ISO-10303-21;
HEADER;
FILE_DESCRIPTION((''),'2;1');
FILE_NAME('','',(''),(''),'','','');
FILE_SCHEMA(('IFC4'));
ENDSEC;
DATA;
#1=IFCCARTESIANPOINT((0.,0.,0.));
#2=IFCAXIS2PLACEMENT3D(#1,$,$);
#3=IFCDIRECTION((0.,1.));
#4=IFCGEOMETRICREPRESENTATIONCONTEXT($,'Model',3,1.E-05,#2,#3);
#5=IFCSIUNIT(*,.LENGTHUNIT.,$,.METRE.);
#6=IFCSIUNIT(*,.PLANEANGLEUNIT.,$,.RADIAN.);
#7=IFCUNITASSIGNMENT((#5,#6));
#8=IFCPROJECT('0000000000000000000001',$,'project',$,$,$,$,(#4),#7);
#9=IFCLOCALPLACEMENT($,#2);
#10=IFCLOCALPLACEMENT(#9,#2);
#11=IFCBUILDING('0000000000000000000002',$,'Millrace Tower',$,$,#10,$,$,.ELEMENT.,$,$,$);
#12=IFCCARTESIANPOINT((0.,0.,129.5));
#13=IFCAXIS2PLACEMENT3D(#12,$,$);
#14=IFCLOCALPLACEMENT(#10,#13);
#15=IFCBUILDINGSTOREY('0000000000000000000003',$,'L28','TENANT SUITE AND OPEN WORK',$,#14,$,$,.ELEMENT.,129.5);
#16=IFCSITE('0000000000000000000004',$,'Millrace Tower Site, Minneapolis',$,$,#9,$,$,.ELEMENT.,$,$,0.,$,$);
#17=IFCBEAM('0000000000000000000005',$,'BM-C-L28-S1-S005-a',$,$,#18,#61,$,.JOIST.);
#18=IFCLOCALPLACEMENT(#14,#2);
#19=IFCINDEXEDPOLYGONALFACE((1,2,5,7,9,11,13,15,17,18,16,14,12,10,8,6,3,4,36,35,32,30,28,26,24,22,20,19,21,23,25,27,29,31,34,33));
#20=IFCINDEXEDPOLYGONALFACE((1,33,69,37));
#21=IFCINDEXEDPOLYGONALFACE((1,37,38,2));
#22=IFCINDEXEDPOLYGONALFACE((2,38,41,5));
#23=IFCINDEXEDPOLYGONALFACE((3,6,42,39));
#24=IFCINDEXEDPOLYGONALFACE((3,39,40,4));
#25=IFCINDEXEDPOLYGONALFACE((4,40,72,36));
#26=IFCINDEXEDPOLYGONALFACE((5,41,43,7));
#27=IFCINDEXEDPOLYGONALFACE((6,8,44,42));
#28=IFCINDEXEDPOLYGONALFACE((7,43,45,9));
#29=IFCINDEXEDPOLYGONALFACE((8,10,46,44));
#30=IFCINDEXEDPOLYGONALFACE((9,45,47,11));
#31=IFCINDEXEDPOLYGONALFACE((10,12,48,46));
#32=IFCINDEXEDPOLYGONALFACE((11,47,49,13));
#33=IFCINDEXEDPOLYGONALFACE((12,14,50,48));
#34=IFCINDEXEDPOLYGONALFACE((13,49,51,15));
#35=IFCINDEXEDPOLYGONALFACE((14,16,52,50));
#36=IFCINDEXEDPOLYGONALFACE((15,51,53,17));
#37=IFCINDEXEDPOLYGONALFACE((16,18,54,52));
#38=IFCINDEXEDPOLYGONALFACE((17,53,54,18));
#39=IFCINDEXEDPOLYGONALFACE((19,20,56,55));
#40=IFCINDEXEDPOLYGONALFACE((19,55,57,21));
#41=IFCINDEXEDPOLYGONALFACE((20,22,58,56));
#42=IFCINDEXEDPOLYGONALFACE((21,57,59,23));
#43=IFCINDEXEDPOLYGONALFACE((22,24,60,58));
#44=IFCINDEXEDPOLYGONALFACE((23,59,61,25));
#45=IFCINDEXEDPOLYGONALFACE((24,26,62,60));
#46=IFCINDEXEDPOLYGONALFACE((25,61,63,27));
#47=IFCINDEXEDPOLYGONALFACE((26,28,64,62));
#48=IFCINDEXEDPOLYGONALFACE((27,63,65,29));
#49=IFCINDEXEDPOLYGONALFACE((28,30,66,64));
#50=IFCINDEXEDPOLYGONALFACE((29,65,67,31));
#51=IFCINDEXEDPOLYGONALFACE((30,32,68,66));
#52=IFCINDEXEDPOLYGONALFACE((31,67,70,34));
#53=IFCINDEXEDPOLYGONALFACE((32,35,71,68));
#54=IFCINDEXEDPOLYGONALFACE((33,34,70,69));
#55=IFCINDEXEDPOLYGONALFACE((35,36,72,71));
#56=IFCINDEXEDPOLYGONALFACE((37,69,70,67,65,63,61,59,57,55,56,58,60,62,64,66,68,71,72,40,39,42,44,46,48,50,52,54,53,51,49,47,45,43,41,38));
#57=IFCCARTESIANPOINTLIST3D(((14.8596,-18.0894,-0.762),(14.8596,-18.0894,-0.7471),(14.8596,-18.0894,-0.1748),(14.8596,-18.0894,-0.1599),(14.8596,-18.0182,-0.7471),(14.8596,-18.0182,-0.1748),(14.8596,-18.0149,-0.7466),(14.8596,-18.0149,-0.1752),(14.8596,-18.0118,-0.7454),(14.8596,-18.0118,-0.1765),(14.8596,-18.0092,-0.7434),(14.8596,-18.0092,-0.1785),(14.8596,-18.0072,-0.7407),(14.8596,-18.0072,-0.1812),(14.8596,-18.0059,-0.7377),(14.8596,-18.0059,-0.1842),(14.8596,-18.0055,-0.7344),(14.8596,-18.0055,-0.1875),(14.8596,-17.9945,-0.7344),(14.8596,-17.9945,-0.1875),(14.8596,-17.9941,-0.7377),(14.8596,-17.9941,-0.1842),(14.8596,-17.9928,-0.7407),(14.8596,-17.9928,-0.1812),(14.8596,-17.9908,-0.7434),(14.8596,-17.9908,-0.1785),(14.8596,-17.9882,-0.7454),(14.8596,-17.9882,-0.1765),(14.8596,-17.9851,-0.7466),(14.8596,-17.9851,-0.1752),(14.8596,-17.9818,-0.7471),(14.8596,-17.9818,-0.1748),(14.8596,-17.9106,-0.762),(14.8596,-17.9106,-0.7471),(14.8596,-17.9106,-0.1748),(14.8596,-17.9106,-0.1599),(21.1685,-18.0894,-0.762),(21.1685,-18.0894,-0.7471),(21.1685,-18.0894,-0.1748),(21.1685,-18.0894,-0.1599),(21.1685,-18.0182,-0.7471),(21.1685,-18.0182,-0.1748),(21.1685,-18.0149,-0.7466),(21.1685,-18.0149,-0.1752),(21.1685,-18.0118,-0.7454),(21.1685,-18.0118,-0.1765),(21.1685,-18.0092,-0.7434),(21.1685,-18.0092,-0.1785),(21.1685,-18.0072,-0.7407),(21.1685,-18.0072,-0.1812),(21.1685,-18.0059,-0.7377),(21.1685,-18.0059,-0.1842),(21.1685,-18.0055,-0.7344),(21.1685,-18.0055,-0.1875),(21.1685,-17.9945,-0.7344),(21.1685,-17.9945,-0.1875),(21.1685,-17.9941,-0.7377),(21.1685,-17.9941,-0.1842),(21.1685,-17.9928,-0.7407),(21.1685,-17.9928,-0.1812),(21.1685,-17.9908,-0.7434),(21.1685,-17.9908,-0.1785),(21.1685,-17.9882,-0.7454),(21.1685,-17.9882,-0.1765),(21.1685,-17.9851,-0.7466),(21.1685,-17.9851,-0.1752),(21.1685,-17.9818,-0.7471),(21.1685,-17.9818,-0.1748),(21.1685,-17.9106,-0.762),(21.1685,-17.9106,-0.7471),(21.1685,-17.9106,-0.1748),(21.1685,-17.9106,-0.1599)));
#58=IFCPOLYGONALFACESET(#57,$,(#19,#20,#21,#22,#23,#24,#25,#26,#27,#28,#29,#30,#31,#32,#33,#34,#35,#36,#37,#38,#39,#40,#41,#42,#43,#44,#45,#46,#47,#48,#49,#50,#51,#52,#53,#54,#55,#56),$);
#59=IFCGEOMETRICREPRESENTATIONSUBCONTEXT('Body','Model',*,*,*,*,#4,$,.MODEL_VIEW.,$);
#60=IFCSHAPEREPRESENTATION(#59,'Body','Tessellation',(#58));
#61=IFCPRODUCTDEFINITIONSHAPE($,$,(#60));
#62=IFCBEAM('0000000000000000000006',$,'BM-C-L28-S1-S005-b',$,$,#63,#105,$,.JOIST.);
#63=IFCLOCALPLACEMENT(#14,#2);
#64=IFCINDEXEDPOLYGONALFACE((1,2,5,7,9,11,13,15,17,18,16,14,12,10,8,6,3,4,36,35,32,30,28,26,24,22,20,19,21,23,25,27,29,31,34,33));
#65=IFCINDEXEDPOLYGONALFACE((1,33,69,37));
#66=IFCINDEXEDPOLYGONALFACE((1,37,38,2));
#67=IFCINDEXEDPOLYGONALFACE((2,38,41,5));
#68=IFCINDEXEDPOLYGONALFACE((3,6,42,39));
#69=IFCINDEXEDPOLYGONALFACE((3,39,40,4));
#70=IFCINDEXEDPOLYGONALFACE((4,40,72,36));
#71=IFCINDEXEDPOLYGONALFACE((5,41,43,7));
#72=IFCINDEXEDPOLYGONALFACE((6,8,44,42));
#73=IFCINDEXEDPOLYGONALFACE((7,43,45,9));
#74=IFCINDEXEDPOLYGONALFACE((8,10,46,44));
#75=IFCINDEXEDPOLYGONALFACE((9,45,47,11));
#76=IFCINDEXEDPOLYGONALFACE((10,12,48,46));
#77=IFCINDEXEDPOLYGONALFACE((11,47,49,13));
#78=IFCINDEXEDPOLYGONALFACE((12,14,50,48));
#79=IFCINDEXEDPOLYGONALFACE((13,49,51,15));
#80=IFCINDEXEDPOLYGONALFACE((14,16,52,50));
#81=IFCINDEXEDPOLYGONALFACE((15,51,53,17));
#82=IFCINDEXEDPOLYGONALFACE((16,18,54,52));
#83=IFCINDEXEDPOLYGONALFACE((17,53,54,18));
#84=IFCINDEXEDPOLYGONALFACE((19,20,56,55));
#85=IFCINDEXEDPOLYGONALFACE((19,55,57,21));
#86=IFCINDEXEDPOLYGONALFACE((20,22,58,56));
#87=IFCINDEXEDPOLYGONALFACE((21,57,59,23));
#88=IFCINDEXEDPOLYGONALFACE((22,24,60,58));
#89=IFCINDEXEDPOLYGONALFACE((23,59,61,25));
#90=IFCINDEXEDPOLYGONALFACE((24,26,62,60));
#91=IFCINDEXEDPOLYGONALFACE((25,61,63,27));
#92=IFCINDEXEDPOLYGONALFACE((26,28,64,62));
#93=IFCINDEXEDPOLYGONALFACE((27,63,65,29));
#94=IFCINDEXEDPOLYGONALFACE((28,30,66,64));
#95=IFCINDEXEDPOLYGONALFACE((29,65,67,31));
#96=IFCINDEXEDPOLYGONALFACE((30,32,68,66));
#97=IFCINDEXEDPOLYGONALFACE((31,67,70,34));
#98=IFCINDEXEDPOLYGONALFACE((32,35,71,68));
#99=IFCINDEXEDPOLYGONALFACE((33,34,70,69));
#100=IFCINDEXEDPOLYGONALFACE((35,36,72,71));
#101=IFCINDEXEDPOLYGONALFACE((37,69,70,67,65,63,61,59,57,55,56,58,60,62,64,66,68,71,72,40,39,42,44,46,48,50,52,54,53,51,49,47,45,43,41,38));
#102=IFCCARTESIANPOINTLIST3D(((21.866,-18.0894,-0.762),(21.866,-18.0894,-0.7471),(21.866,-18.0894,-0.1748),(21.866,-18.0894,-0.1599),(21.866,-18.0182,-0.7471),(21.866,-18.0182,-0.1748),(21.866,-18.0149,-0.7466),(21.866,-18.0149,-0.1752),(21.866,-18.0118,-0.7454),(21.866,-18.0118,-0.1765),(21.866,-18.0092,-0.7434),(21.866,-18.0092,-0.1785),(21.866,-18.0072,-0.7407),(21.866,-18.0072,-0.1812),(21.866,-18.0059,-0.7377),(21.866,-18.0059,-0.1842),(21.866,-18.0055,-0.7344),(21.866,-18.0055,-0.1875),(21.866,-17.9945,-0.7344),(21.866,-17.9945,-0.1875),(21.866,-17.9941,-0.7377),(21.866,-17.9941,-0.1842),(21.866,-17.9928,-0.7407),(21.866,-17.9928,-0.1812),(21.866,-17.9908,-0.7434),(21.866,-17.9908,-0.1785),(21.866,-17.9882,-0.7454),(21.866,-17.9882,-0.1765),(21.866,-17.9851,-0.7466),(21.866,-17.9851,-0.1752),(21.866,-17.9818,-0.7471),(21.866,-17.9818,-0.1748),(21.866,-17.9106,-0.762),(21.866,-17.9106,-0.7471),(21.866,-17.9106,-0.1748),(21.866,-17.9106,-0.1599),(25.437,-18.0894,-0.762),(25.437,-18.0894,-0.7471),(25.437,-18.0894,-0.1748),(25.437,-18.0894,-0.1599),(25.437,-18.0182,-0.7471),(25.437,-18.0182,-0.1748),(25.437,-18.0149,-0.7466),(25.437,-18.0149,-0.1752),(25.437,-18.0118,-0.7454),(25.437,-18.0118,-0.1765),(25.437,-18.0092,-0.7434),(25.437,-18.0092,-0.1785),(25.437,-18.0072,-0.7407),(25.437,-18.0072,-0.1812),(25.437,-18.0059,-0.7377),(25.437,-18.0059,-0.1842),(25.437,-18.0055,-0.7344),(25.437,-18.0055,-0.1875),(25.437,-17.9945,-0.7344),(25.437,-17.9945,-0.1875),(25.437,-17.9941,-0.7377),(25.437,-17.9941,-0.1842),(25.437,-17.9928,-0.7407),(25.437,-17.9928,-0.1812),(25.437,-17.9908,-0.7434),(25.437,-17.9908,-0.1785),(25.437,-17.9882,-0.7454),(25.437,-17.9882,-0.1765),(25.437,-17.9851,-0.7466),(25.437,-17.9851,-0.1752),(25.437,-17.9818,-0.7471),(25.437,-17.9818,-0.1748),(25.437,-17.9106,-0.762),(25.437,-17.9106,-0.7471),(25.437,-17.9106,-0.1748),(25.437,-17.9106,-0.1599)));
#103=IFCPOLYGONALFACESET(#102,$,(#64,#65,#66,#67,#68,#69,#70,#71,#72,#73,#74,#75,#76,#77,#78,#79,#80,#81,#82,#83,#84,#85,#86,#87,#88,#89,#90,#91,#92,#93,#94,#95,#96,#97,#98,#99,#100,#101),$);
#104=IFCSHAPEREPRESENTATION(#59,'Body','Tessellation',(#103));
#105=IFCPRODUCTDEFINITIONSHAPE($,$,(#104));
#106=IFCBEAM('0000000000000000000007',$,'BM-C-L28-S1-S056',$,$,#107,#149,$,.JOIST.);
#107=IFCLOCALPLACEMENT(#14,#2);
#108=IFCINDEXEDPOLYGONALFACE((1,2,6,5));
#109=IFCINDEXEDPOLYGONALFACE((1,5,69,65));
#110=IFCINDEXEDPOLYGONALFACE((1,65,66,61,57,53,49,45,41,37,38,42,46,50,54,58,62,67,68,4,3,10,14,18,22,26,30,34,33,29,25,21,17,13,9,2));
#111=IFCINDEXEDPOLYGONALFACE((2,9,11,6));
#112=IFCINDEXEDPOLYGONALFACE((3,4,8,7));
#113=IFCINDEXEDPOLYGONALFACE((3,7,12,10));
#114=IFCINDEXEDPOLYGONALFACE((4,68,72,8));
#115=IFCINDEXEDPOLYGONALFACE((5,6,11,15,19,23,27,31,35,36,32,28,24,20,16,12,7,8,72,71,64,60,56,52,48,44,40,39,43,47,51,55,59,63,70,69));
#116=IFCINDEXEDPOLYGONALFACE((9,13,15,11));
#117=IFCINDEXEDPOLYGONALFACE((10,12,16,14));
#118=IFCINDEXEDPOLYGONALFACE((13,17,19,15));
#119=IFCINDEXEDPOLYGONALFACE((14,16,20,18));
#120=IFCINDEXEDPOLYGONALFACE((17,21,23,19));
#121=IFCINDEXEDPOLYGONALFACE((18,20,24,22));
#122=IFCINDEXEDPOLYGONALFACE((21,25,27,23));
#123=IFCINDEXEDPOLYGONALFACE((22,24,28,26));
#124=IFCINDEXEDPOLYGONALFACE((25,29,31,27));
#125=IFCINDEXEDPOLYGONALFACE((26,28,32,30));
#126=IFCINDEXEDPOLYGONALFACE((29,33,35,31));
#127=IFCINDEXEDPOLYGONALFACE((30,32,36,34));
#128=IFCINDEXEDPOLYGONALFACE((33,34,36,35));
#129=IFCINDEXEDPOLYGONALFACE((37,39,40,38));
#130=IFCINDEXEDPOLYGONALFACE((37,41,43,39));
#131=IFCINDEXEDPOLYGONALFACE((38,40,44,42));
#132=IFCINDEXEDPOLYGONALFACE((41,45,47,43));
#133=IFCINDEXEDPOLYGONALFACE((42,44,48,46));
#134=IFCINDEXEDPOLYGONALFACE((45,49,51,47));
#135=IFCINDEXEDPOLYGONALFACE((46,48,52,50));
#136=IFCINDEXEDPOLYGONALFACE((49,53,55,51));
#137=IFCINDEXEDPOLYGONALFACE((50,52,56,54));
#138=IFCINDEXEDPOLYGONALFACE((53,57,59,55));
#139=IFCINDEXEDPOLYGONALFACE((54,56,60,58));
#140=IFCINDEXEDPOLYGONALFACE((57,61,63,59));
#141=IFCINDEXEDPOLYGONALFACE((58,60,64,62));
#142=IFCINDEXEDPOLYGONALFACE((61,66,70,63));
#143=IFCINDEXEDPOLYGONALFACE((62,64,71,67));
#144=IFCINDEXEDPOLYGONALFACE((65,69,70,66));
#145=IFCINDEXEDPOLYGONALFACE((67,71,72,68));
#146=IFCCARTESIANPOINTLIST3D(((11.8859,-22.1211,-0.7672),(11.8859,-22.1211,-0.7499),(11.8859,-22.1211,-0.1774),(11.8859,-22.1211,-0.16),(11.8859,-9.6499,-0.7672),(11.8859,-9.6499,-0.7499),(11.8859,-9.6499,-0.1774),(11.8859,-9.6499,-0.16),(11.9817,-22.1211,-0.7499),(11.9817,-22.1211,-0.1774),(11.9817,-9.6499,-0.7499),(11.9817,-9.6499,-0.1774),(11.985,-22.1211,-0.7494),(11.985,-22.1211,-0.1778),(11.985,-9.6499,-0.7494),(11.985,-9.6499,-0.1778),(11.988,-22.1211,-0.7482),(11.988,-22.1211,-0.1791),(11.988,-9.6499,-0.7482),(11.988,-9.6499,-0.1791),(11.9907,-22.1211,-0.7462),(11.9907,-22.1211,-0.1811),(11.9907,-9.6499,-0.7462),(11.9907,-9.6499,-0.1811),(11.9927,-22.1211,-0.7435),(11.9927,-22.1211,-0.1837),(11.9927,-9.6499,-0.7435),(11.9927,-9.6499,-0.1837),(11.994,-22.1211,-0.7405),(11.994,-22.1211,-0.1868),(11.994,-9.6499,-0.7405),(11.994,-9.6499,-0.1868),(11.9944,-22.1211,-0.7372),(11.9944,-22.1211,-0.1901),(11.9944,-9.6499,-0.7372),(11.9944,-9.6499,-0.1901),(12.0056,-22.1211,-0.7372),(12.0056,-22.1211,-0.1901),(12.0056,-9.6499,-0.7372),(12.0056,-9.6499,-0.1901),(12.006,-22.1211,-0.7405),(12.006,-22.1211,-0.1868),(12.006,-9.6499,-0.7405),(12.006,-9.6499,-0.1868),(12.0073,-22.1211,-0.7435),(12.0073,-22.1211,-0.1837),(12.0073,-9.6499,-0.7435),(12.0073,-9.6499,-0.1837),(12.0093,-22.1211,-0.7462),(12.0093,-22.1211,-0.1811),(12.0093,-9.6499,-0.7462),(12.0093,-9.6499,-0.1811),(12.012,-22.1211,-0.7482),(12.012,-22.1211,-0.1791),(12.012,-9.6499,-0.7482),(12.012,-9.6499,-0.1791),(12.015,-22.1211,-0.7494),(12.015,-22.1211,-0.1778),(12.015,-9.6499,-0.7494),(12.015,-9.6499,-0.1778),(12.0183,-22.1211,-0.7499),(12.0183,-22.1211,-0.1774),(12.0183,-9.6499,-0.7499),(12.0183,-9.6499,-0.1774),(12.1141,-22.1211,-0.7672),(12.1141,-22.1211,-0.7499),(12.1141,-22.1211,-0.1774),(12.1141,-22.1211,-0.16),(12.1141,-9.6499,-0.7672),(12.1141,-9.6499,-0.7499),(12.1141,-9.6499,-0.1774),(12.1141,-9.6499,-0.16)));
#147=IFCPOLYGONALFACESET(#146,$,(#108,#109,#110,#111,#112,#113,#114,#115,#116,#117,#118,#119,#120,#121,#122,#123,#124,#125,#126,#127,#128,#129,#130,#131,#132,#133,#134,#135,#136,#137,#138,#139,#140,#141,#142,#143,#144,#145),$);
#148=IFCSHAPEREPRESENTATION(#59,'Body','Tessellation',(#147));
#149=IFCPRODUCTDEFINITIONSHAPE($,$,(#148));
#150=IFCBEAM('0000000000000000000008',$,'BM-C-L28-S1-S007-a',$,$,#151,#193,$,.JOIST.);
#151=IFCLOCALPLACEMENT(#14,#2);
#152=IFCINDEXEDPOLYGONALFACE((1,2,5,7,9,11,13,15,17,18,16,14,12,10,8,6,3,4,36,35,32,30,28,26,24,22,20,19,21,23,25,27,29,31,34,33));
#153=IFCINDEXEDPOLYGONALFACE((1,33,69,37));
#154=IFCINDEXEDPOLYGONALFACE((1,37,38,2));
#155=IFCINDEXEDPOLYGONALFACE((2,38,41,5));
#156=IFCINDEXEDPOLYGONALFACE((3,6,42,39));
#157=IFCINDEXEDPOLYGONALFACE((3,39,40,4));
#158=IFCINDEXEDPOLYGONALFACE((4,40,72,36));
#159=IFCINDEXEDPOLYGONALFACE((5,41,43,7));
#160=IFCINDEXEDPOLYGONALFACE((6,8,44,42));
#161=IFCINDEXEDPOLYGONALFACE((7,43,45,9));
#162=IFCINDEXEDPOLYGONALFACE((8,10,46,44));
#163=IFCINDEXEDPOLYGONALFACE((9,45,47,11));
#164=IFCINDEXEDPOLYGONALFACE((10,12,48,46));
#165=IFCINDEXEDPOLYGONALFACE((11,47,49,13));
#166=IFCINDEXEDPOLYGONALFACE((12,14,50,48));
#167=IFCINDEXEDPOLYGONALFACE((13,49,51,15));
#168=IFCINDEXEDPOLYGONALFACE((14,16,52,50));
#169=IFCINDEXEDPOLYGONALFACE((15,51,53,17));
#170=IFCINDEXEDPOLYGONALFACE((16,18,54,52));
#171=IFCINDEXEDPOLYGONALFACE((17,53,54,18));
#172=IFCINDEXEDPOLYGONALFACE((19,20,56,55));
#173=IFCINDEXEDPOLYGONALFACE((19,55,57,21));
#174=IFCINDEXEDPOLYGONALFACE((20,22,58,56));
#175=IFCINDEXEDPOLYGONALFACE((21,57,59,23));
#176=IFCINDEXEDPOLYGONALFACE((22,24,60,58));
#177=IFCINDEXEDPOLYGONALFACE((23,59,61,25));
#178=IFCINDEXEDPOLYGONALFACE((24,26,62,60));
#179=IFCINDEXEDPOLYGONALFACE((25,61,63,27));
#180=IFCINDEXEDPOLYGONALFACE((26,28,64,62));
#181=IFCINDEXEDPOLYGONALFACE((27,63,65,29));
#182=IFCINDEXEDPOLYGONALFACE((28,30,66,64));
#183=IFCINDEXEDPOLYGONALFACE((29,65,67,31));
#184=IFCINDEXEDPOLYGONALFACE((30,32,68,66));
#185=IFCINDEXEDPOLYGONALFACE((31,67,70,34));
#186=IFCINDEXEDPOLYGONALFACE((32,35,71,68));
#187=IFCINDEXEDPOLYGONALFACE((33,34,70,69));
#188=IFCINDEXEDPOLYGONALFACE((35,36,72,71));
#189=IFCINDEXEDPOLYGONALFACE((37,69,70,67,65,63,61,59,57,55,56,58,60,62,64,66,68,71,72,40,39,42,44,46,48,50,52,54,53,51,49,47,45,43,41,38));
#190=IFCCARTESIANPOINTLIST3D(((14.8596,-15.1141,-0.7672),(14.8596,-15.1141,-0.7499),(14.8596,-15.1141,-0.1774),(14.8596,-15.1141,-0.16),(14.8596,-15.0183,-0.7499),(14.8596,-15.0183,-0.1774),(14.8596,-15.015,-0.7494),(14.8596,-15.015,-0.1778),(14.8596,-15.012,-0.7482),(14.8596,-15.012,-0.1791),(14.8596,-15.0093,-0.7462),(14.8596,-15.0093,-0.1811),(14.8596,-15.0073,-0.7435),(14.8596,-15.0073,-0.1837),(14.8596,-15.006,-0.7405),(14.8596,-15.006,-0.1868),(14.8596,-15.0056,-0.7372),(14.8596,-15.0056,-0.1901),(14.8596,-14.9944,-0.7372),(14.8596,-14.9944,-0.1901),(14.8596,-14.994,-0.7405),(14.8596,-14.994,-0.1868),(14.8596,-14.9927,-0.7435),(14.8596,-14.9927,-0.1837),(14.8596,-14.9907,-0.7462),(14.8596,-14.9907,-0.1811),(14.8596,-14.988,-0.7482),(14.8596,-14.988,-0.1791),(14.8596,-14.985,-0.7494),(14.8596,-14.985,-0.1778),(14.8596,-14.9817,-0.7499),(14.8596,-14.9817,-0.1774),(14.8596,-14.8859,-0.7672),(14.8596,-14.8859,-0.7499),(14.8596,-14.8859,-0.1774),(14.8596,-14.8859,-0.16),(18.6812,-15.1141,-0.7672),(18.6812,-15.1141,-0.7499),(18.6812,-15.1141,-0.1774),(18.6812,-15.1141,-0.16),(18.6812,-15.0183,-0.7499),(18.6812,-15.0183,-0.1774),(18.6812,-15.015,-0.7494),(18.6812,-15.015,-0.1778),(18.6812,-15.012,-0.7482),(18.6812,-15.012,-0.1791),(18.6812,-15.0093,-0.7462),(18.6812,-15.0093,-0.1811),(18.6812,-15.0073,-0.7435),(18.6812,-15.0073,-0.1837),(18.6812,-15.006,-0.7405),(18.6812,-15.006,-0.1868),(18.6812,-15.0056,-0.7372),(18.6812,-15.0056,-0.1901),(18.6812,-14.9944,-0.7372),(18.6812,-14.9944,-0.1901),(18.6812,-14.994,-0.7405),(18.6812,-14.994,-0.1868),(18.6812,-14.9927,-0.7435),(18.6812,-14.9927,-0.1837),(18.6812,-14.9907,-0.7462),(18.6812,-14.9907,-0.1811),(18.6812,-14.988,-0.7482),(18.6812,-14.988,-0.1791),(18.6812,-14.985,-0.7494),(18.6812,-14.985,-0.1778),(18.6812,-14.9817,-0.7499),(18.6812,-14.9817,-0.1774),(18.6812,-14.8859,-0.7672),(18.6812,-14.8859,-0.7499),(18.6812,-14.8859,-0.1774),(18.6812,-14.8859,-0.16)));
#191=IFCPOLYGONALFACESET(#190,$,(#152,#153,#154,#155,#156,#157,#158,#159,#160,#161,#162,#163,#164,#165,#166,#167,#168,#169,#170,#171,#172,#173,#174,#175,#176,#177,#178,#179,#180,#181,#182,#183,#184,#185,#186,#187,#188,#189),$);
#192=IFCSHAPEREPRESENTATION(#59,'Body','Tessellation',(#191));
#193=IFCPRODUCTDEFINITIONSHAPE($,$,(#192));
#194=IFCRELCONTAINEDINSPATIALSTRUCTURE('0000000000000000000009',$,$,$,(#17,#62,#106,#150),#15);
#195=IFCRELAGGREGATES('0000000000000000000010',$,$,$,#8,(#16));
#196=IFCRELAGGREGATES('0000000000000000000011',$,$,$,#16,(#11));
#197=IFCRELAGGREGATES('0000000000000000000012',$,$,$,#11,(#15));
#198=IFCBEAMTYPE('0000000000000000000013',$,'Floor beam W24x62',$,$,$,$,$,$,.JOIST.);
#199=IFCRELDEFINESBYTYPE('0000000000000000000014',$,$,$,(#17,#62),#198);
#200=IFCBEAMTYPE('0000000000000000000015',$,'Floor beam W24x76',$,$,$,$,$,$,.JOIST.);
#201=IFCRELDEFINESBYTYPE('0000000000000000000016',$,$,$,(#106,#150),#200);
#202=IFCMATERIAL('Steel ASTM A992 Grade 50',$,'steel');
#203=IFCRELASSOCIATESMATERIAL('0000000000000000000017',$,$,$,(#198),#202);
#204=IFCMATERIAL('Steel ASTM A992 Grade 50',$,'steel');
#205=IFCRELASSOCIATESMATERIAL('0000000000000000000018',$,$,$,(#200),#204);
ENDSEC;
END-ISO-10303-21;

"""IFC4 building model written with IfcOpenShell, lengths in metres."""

from ifc_helpers import new_model, si_unit, direction, frame, origin, origin_2d, place, context, subcontext, project, spatial, i_section, extrude, material, material_profile, profile_set, type_object, element, save


model = new_model("IFC4")

# Units and contexts
model_context = context("Model", 3, precision=1e-05, world=origin(), true_north=direction((0.0, 1.0)))
body_context = subcontext(model_context, "Body", "Model", "MODEL_VIEW")
ifc_project = project(units=[si_unit("LENGTHUNIT", "METRE"), si_unit("PLANEANGLEUNIT", "RADIAN")], contexts=[model_context])

# Site, building, storey
site_placement = place(None, origin())
site = spatial("IfcSite", under=ifc_project, at=site_placement, Name="Millrace Tower Site, Minneapolis", CompositionType="ELEMENT", RefElevation=0.0)
building_placement = place(site_placement, origin())
building = spatial("IfcBuilding", under=site, at=building_placement, Name="Millrace Tower", CompositionType="ELEMENT")
storey_placement = place(building_placement, frame((0.0, 0.0, 129.5)))
storey = spatial("IfcBuildingStorey", under=building, at=storey_placement, Name="L28", Description="TENANT SUITE AND OPEN WORK", CompositionType="ELEMENT", Elevation=129.5)

# Beams
ifc_material_1 = material(Name="Steel ASTM A992 Grade 50", Category="steel")
ifc_material_profile_1 = material_profile(ifc_material_1, i_section(OverallWidth=0.1787, OverallDepth=0.6021, WebThickness=0.011, FlangeThickness=0.0149, FilletRadius=0.0127, at=origin_2d()))
ifc_profile_set_1 = profile_set([ifc_material_profile_1], Name="Steel ASTM A992 Grade 50")
beam_type_1 = type_object("IfcBeamType", Name="Floor beam W24x62", PredefinedType="JOIST", material=ifc_profile_set_1)
beam_1_placement = place(storey_placement, frame((14.8596, -18.0, -0.4609), z_axis=(1.0, 0.0, 0.0), x_axis=(0.0, 1.0, 0.0)))
element("IfcBeam", 1, at=beam_1_placement, inside=storey, type_object=beam_type_1, Name="BM-C-L28-S1-S005-a", PredefinedType="JOIST", context=body_context, shape_type="SweptSolid", body=[
    extrude(i_section(OverallWidth=0.1787, OverallDepth=0.6021, WebThickness=0.011, FlangeThickness=0.0149, FilletRadius=0.0127, at=origin_2d()), origin(), (0.0, 0.0, 1.0), 6.3088),
])
beam_2_placement = place(storey_placement, frame((21.866, -18.0, -0.4609), z_axis=(1.0, 0.0, 0.0), x_axis=(0.0, 1.0, 0.0)))
element("IfcBeam", 2, at=beam_2_placement, inside=storey, type_object=beam_type_1, Name="BM-C-L28-S1-S005-b", PredefinedType="JOIST", context=body_context, shape_type="SweptSolid", body=[
    extrude(i_section(OverallWidth=0.1787, OverallDepth=0.6021, WebThickness=0.011, FlangeThickness=0.0149, FilletRadius=0.0127, at=origin_2d()), origin(), (0.0, 0.0, 1.0), 3.571),
])
ifc_material_2 = material(Name="Steel ASTM A992 Grade 50", Category="steel")
ifc_material_profile_2 = material_profile(ifc_material_2, i_section(OverallWidth=0.2283, OverallDepth=0.6072, WebThickness=0.0112, FlangeThickness=0.0173, FilletRadius=0.0127, at=origin_2d()))
ifc_profile_set_2 = profile_set([ifc_material_profile_2], Name="Steel ASTM A992 Grade 50")
beam_type_2 = type_object("IfcBeamType", Name="Floor beam W24x76", PredefinedType="JOIST", material=ifc_profile_set_2)
beam_3_placement = place(storey_placement, frame((12.0, -22.1211, -0.4636), z_axis=(0.0, 1.0, 0.0), x_axis=(-1.0, 0.0, 0.0)))
element("IfcBeam", 3, at=beam_3_placement, inside=storey, type_object=beam_type_2, Name="BM-C-L28-S1-S056", PredefinedType="JOIST", context=body_context, shape_type="SweptSolid", body=[
    extrude(i_section(OverallWidth=0.2283, OverallDepth=0.6072, WebThickness=0.0112, FlangeThickness=0.0173, FilletRadius=0.0127, at=origin_2d()), origin(), (0.0, 0.0, 1.0), 12.4712),
])
beam_4_placement = place(storey_placement, frame((14.8596, -15.0, -0.4636), z_axis=(1.0, 0.0, 0.0), x_axis=(0.0, 1.0, 0.0)))
element("IfcBeam", 4, at=beam_4_placement, inside=storey, type_object=beam_type_2, Name="BM-C-L28-S1-S007-a", PredefinedType="JOIST", context=body_context, shape_type="SweptSolid", body=[
    extrude(i_section(OverallWidth=0.2283, OverallDepth=0.6072, WebThickness=0.0112, FlangeThickness=0.0173, FilletRadius=0.0127, at=origin_2d()), origin(), (0.0, 0.0, 1.0), 3.8215),
])

save(model, "model.ifc")
